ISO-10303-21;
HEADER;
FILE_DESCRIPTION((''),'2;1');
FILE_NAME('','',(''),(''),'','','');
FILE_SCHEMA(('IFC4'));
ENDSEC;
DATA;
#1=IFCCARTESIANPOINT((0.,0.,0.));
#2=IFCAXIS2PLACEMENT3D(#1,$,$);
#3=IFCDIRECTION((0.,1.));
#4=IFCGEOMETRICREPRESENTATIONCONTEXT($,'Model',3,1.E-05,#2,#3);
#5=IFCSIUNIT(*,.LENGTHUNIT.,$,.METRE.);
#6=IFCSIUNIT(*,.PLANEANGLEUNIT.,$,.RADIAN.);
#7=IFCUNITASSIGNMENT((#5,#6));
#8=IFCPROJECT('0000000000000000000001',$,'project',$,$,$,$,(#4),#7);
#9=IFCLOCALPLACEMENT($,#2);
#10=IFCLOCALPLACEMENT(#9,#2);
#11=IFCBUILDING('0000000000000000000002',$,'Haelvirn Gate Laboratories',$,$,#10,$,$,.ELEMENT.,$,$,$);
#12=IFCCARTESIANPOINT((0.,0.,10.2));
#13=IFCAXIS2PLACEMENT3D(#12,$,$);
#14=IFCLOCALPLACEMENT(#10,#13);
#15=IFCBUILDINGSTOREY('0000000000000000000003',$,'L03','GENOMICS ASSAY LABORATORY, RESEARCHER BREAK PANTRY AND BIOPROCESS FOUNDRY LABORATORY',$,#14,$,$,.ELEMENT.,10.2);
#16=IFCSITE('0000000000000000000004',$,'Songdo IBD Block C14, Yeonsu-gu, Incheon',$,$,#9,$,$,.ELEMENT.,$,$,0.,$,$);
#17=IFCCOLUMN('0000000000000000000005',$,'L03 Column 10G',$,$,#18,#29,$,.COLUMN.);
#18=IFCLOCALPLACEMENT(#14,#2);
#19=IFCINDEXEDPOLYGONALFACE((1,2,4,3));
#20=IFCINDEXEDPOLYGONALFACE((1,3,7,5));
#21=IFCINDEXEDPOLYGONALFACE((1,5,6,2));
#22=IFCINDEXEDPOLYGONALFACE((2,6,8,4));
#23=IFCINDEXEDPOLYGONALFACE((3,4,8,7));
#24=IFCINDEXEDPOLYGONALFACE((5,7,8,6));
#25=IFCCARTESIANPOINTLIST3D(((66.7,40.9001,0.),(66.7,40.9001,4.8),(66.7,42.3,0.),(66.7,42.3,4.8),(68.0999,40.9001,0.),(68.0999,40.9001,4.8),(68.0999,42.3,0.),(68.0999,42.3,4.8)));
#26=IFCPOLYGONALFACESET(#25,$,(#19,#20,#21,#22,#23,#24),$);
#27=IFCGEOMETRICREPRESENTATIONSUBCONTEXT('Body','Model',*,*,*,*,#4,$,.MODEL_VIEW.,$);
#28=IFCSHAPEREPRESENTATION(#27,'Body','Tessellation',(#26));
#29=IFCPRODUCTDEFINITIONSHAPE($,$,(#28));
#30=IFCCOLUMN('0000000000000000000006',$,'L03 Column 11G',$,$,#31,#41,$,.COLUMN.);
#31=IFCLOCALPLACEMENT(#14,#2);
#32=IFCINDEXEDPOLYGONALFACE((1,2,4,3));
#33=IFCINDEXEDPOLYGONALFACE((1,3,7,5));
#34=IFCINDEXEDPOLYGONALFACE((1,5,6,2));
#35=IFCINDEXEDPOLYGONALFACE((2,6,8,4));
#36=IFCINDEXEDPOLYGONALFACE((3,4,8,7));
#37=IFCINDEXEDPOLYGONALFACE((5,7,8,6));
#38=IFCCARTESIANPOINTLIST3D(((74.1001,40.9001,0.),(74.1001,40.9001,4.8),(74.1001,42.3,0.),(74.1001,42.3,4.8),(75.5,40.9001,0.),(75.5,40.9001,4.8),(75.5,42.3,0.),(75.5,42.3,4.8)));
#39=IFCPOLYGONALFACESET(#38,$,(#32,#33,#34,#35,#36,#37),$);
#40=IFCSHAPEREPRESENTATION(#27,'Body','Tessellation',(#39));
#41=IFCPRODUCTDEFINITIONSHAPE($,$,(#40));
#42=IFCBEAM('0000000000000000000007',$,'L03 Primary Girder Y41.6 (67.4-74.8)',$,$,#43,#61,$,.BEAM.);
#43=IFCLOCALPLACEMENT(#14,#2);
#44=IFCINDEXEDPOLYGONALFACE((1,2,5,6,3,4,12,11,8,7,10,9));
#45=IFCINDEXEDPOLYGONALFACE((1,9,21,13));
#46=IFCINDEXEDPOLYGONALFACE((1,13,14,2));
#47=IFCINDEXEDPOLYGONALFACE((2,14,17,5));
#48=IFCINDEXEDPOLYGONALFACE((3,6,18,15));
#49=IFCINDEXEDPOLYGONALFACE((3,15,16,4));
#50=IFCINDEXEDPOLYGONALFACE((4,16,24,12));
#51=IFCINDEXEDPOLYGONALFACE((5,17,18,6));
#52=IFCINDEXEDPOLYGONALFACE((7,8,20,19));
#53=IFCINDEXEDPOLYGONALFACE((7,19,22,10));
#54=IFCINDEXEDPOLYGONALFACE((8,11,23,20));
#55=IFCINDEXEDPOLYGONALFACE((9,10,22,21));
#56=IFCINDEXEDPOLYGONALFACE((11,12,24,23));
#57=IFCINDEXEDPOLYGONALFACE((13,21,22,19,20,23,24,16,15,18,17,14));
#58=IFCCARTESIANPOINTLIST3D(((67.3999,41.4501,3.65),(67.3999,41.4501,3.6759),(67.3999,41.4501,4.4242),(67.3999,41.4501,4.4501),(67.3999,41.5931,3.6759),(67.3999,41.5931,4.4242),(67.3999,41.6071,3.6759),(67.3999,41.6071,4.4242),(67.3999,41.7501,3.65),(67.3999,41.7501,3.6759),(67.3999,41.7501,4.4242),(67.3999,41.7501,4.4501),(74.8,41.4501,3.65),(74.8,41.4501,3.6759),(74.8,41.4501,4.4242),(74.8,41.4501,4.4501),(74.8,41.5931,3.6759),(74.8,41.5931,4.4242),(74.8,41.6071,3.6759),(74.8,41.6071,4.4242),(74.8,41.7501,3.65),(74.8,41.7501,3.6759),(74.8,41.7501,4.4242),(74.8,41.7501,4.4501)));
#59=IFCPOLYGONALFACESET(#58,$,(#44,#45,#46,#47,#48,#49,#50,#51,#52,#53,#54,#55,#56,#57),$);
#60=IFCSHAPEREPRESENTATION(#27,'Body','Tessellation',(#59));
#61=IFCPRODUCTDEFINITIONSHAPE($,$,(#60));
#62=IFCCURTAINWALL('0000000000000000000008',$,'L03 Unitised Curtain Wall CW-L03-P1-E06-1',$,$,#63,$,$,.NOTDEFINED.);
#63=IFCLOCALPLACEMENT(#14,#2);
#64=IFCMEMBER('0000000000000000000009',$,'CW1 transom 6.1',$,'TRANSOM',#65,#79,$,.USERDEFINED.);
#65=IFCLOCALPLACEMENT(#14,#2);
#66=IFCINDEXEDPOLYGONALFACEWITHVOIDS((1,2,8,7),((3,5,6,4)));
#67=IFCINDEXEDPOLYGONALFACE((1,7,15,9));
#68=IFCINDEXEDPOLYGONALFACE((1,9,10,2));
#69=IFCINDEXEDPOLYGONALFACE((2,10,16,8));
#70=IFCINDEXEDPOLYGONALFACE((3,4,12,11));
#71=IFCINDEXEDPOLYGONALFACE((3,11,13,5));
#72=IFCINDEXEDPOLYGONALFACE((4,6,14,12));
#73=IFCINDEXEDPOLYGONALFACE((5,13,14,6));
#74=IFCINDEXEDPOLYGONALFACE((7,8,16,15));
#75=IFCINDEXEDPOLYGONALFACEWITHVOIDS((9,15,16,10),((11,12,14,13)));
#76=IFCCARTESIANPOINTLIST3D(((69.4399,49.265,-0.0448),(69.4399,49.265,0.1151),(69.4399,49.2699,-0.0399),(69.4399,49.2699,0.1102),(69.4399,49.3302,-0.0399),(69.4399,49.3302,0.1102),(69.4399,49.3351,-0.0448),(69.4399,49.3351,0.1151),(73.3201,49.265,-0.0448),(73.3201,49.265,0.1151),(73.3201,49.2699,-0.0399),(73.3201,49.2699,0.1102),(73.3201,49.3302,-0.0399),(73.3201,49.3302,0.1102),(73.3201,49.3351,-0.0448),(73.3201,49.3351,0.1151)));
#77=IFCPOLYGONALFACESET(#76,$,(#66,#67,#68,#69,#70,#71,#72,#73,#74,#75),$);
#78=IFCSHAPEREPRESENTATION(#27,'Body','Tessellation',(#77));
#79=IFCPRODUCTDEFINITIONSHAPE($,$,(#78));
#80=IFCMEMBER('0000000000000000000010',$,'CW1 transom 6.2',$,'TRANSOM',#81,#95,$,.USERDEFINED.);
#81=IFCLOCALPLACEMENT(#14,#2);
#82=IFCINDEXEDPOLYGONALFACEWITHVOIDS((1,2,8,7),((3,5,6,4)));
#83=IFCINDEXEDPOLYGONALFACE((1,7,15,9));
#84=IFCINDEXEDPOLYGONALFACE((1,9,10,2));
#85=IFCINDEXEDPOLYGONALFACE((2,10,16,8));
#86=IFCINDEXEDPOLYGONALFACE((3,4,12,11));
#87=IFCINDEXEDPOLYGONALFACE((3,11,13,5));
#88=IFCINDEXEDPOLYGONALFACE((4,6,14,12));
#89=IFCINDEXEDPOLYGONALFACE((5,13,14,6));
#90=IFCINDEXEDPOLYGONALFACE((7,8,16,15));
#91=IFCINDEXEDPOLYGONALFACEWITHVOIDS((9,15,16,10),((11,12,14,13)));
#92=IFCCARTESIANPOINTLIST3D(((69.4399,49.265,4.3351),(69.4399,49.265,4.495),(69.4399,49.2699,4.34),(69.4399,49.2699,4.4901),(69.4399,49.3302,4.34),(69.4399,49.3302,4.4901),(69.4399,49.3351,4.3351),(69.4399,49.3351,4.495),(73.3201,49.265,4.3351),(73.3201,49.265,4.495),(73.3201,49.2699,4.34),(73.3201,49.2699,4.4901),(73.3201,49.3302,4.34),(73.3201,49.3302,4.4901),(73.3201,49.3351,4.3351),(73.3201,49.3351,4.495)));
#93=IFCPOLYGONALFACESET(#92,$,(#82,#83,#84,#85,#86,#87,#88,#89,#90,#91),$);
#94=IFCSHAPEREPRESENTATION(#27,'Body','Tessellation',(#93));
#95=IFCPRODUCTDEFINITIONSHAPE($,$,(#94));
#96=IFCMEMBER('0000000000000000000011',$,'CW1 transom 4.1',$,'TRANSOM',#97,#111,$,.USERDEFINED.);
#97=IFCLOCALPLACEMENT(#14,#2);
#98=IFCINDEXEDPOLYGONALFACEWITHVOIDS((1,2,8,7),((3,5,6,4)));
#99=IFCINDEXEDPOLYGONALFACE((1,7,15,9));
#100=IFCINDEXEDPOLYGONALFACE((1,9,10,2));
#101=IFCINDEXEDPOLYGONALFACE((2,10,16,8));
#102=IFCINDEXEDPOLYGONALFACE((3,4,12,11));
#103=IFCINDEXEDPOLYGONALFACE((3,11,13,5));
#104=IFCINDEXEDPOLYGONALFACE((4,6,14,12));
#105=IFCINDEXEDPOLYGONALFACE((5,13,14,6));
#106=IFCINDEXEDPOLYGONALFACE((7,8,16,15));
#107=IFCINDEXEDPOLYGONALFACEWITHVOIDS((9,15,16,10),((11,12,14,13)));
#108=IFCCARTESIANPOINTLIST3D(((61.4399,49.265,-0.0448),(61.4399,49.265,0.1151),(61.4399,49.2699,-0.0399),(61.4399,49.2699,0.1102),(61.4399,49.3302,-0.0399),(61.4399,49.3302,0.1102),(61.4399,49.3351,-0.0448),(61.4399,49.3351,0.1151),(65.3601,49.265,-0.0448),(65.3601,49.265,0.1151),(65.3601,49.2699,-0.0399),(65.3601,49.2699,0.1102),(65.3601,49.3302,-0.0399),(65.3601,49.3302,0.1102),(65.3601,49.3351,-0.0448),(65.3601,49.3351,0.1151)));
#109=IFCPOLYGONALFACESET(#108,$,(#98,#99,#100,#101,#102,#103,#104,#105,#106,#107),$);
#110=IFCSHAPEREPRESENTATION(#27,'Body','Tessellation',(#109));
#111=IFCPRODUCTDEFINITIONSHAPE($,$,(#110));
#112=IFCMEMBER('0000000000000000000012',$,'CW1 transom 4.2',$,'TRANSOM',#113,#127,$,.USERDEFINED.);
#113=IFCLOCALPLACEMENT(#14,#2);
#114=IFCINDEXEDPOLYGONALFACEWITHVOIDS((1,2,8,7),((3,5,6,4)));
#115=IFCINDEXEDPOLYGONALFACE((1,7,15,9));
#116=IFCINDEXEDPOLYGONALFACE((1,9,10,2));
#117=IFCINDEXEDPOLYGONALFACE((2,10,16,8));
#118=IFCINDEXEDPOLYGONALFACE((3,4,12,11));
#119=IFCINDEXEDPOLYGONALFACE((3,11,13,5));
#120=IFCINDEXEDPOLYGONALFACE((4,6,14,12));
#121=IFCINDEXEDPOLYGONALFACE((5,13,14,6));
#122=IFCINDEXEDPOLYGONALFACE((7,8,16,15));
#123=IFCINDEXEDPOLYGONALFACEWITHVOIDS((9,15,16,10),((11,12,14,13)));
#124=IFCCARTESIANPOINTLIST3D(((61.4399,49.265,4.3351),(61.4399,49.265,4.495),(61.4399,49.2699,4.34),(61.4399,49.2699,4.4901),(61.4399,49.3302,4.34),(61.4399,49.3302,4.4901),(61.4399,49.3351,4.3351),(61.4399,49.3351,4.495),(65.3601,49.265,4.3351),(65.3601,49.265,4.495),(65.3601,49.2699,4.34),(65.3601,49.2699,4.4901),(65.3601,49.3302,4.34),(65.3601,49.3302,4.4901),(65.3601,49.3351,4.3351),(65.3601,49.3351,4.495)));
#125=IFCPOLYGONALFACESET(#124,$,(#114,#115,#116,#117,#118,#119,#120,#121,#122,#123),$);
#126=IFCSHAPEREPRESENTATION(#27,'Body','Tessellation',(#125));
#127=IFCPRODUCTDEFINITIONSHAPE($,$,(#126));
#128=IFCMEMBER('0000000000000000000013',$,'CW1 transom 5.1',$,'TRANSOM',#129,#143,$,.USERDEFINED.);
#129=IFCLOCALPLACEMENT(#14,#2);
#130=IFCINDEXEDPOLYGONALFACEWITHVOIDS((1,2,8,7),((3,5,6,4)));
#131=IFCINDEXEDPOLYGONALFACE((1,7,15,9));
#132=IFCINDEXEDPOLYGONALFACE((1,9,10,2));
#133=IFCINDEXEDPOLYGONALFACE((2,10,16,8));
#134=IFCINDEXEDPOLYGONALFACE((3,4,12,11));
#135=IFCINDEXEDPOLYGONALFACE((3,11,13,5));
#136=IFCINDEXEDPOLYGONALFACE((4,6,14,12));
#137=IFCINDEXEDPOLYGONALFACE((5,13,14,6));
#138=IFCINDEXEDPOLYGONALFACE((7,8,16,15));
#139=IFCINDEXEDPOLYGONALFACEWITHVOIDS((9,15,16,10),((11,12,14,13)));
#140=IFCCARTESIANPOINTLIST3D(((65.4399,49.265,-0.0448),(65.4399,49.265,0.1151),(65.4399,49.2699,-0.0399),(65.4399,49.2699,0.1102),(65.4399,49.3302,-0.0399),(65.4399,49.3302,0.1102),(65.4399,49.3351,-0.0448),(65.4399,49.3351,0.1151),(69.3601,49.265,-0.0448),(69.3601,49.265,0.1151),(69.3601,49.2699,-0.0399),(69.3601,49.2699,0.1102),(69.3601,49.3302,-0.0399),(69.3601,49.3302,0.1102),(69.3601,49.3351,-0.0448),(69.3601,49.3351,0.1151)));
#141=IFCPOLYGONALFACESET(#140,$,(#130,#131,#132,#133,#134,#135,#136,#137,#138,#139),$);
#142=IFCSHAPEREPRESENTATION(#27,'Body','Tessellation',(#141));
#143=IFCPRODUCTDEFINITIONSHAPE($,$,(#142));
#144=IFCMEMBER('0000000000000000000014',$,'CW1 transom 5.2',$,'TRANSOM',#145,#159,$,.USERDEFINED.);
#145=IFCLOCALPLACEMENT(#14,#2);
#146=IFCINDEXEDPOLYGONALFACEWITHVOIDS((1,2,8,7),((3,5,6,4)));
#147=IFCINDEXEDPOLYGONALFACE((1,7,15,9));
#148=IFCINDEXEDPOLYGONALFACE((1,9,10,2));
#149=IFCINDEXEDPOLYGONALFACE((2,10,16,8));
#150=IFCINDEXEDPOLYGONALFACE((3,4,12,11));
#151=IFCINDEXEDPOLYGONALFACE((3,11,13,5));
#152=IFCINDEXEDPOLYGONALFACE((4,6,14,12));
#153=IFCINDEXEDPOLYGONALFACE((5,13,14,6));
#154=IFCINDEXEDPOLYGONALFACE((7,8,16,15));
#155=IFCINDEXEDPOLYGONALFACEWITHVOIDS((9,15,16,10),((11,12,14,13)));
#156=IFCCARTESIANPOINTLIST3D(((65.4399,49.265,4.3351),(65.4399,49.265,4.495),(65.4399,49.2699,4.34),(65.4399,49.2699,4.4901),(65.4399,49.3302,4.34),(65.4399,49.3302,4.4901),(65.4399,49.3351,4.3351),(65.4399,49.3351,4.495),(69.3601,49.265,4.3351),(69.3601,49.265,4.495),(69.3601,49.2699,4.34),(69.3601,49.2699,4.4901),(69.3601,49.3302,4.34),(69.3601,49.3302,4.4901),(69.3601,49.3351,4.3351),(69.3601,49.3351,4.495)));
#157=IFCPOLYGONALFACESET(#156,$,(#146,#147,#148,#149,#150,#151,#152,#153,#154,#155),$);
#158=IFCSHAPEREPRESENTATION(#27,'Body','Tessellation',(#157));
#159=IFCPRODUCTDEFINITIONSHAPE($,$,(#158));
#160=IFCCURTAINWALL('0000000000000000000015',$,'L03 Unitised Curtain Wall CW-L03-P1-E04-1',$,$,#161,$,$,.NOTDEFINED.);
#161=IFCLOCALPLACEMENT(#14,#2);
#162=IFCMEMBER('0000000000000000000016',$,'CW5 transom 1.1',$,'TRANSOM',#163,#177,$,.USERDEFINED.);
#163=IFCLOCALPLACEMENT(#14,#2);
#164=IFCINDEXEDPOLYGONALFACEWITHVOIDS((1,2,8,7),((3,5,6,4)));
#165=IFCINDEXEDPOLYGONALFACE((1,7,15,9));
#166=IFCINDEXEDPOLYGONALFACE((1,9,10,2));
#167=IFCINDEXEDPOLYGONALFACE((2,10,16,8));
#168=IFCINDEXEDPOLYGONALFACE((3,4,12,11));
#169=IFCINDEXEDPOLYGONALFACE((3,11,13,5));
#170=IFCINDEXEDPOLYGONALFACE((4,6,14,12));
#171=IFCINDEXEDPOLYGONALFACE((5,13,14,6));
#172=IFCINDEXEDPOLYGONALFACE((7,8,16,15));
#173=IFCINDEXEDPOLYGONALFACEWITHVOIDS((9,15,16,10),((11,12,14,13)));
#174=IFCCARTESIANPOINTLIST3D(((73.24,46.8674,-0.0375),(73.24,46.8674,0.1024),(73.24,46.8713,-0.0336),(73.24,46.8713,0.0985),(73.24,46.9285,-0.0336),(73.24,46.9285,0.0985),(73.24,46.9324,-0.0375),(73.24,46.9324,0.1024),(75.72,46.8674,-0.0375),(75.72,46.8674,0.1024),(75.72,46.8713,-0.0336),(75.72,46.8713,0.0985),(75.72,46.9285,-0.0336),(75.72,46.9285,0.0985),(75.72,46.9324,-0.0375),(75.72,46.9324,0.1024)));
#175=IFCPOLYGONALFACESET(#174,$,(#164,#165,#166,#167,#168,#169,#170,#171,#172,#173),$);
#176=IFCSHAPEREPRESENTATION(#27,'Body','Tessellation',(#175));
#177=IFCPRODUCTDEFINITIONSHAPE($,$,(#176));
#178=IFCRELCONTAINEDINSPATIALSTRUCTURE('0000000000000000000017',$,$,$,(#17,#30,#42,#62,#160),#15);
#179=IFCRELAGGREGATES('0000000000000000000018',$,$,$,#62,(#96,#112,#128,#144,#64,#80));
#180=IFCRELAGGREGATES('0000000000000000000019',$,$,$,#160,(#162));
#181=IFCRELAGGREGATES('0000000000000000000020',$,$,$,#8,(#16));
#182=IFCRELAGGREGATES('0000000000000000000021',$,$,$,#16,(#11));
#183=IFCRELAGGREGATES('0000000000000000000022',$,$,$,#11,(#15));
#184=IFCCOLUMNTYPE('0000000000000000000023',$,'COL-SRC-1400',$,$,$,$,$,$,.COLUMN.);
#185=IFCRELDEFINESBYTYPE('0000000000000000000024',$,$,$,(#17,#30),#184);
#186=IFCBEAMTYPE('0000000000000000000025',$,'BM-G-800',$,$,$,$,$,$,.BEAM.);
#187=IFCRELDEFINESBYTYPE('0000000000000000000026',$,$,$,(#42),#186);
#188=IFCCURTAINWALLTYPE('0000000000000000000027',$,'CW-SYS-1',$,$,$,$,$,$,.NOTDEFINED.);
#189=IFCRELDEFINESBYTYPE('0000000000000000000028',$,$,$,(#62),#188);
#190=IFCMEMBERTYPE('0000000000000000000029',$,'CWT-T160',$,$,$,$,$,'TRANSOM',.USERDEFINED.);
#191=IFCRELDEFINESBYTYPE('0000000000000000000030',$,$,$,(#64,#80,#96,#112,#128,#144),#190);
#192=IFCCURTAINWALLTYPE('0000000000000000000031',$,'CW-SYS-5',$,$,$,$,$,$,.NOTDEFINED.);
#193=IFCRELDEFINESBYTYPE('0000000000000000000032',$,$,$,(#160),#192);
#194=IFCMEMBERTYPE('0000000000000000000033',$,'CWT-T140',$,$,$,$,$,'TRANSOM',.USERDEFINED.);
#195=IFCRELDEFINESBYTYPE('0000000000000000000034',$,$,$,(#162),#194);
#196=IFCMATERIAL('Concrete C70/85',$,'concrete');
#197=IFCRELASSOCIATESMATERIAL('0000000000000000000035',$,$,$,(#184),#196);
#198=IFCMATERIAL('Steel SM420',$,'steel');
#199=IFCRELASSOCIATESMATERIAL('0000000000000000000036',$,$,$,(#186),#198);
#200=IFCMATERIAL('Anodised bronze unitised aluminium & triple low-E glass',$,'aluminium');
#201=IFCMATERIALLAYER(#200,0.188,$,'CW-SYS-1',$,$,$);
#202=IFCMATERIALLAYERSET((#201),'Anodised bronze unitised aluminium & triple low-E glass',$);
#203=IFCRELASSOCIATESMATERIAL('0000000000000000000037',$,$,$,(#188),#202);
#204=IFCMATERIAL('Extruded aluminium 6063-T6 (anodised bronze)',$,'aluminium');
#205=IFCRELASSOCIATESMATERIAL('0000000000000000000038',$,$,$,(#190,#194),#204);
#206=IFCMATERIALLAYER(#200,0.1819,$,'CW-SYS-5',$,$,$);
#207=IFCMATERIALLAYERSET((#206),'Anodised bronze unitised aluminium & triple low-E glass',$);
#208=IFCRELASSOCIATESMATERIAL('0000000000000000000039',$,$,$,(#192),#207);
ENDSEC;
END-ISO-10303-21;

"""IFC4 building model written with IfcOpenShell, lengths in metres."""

from ifc_helpers import new_model, si_unit, direction, frame, origin, origin_2d, place, context, subcontext, project, spatial, rectangle, hollow_rectangle, i_section, extrude, source, transform, mapped, material, layer, layer_set, material_profile, profile_set, type_object, type_shapes, element, aggregate, save


model = new_model("IFC4")

# Units and contexts
model_context = context("Model", 3, precision=1e-05, world=origin(), true_north=direction((0.0, 1.0)))
body_context = subcontext(model_context, "Body", "Model", "MODEL_VIEW")
ifc_project = project(units=[si_unit("LENGTHUNIT", "METRE"), si_unit("PLANEANGLEUNIT", "RADIAN")], contexts=[model_context])

# Site, building, storey
site_placement = place(None, origin())
site = spatial("IfcSite", under=ifc_project, at=site_placement, Name="Songdo IBD Block C14, Yeonsu-gu, Incheon", CompositionType="ELEMENT", RefElevation=0.0)
building_placement = place(site_placement, origin())
building = spatial("IfcBuilding", under=site, at=building_placement, Name="Haelvirn Gate Laboratories", CompositionType="ELEMENT")
storey_placement = place(building_placement, frame((0.0, 0.0, 10.2)))
storey = spatial("IfcBuildingStorey", under=building, at=storey_placement, Name="L03", Description="GENOMICS ASSAY LABORATORY, RESEARCHER BREAK PANTRY AND BIOPROCESS FOUNDRY LABORATORY", CompositionType="ELEMENT", Elevation=10.2)

# Columns
ifc_material_1 = material(Name="Concrete C70/85", Category="concrete")
ifc_material_profile_1 = material_profile(ifc_material_1, rectangle(XDim=1.3999, YDim=1.3999, at=origin_2d()), Name="SRC-1400x1400")
ifc_profile_set_1 = profile_set([ifc_material_profile_1], Name="Concrete C70/85")
column_type = type_object("IfcColumnType", Name="COL-SRC-1400", PredefinedType="COLUMN", material=ifc_profile_set_1)
shared_shape_1 = source(origin(), body_context, "Body", "SweptSolid", [
    extrude(rectangle(XDim=1.3999, YDim=1.3999, at=origin_2d()), origin(), (0.0, 0.0, 1.0), 4.8),
])
type_shapes(column_type, [shared_shape_1])
for number, where, z_axis, x_axis, name in (
    (1, (67.3999, 41.6001, 0.0), (0.0, 0.0, 1.0), (1.0, 0.0, 0.0), "L03 Column 10G"),
    (2, (74.8, 41.6001, 0.0), (0.0, 0.0, 1.0), (1.0, 0.0, 0.0), "L03 Column 11G"),
):
    element("IfcColumn", number, at=place(storey_placement, frame(where, z_axis=z_axis, x_axis=x_axis)), inside=storey, type_object=column_type, Name=name, PredefinedType="COLUMN", context=body_context, shape_type="MappedRepresentation", body=[
        mapped(shared_shape_1, transform((0.0, 0.0, 0.0), scale=1.0)),
    ])

# Beam
ifc_material_2 = material(Name="Steel SM420", Category="steel")
ifc_material_profile_2 = material_profile(ifc_material_2, i_section(OverallWidth=0.3, OverallDepth=0.8, WebThickness=0.0139, FlangeThickness=0.0259, at=origin_2d()), Name="H-800x300x14x26")
ifc_profile_set_2 = profile_set([ifc_material_profile_2], Name="Steel SM420")
beam_type = type_object("IfcBeamType", Name="BM-G-800", PredefinedType="BEAM", material=ifc_profile_set_2)
shared_shape_2 = source(origin(), body_context, "Body", "SweptSolid", [
    extrude(i_section(OverallWidth=0.3, OverallDepth=0.8, WebThickness=0.0139, FlangeThickness=0.0259, at=origin_2d()), origin(), (0.0, 0.0, 1.0), 7.4001),
])
type_shapes(beam_type, [shared_shape_2])
beam_placement = place(storey_placement, frame((67.3999, 41.6001, 4.05), z_axis=(1.0, 0.0, 0.0), x_axis=(0.0, 1.0, 0.0)))
element("IfcBeam", 3, at=beam_placement, inside=storey, type_object=beam_type, Name="L03 Primary Girder Y41.6 (67.4-74.8)", PredefinedType="BEAM", context=body_context, shape_type="MappedRepresentation", body=[
    mapped(shared_shape_2, transform((0.0, 0.0, 0.0), scale=1.0)),
])

# Curtain walls, members
ifc_material_3 = material(Name="Anodised bronze unitised aluminium & triple low-E glass", Category="aluminium")
ifc_layer_1 = layer(ifc_material_3, 0.188, Name="CW-SYS-1")
ifc_layer_set_1 = layer_set([ifc_layer_1], Name="Anodised bronze unitised aluminium & triple low-E glass")
curtain_wall_type_1 = type_object("IfcCurtainWallType", Name="CW-SYS-1", PredefinedType="NOTDEFINED", material=ifc_layer_set_1)
curtain_wall_1_placement = place(storey_placement, origin())
curtain_wall_1 = element("IfcCurtainWall", 4, at=curtain_wall_1_placement, inside=storey, type_object=curtain_wall_type_1, Name="L03 Unitised Curtain Wall CW-L03-P1-E06-1", PredefinedType="NOTDEFINED")
ifc_material_4 = material(Name="Extruded aluminium 6063-T6 (anodised bronze)", Category="aluminium")
ifc_material_profile_3 = material_profile(ifc_material_4, hollow_rectangle(XDim=0.0701, YDim=0.1599, WallThickness=0.0049, at=origin_2d()), Name="CWT-160x70x5")
ifc_profile_set_3 = profile_set([ifc_material_profile_3], Name="Extruded aluminium 6063-T6 (anodised bronze)")
member_type_1 = type_object("IfcMemberType", Name="CWT-T160", ElementType="TRANSOM", PredefinedType="USERDEFINED", material=ifc_profile_set_3)
shared_shape_3 = source(origin(), body_context, "Body", "SweptSolid", [
    extrude(hollow_rectangle(XDim=0.0701, YDim=0.1599, WallThickness=0.0049, at=origin_2d()), origin(), (0.0, 0.0, 1.0), 3.8801),
])
member_1_placement = place(storey_placement, frame((69.4399, 49.3, 0.0352), z_axis=(1.0, 0.0, 0.0), x_axis=(0.0, 1.0, 0.0)))
member_1 = element("IfcMember", 5, at=member_1_placement, type_object=member_type_1, Name="CW1 transom 6.1", ObjectType="TRANSOM", PredefinedType="USERDEFINED", context=body_context, shape_type="MappedRepresentation", body=[
    mapped(shared_shape_3, transform((0.0, 0.0, 0.0), scale=1.0)),
])
member_2_placement = place(storey_placement, frame((69.4399, 49.3, 4.415), z_axis=(1.0, 0.0, 0.0), x_axis=(0.0, 1.0, 0.0)))
member_2 = element("IfcMember", 6, at=member_2_placement, type_object=member_type_1, Name="CW1 transom 6.2", ObjectType="TRANSOM", PredefinedType="USERDEFINED", context=body_context, shape_type="MappedRepresentation", body=[
    mapped(shared_shape_3, transform((0.0, 0.0, 0.0), scale=1.0)),
])
shared_shape_4 = source(origin(), body_context, "Body", "SweptSolid", [
    extrude(hollow_rectangle(XDim=0.0701, YDim=0.1599, WallThickness=0.0049, at=origin_2d()), origin(), (0.0, 0.0, 1.0), 3.9202),
])
member_3_placement = place(storey_placement, frame((61.4399, 49.3, 0.0352), z_axis=(1.0, 0.0, 0.0), x_axis=(0.0, 1.0, 0.0)))
member_3 = element("IfcMember", 7, at=member_3_placement, type_object=member_type_1, Name="CW1 transom 4.1", ObjectType="TRANSOM", PredefinedType="USERDEFINED", context=body_context, shape_type="MappedRepresentation", body=[
    mapped(shared_shape_4, transform((0.0, 0.0, 0.0), scale=1.0)),
])
member_4_placement = place(storey_placement, frame((61.4399, 49.3, 4.415), z_axis=(1.0, 0.0, 0.0), x_axis=(0.0, 1.0, 0.0)))
member_4 = element("IfcMember", 8, at=member_4_placement, type_object=member_type_1, Name="CW1 transom 4.2", ObjectType="TRANSOM", PredefinedType="USERDEFINED", context=body_context, shape_type="MappedRepresentation", body=[
    mapped(shared_shape_4, transform((0.0, 0.0, 0.0), scale=1.0)),
])
member_5_placement = place(storey_placement, frame((65.4399, 49.3, 0.0352), z_axis=(1.0, 0.0, 0.0), x_axis=(0.0, 1.0, 0.0)))
member_5 = element("IfcMember", 9, at=member_5_placement, type_object=member_type_1, Name="CW1 transom 5.1", ObjectType="TRANSOM", PredefinedType="USERDEFINED", context=body_context, shape_type="MappedRepresentation", body=[
    mapped(shared_shape_4, transform((0.0, 0.0, 0.0), scale=1.0)),
])
member_6_placement = place(storey_placement, frame((65.4399, 49.3, 4.415), z_axis=(1.0, 0.0, 0.0), x_axis=(0.0, 1.0, 0.0)))
member_6 = element("IfcMember", 10, at=member_6_placement, type_object=member_type_1, Name="CW1 transom 5.2", ObjectType="TRANSOM", PredefinedType="USERDEFINED", context=body_context, shape_type="MappedRepresentation", body=[
    mapped(shared_shape_4, transform((0.0, 0.0, 0.0), scale=1.0)),
])
ifc_layer_2 = layer(ifc_material_3, 0.1819, Name="CW-SYS-5")
ifc_layer_set_2 = layer_set([ifc_layer_2], Name="Anodised bronze unitised aluminium & triple low-E glass")
curtain_wall_type_2 = type_object("IfcCurtainWallType", Name="CW-SYS-5", PredefinedType="NOTDEFINED", material=ifc_layer_set_2)
curtain_wall_2_placement = place(storey_placement, origin())
curtain_wall_2 = element("IfcCurtainWall", 11, at=curtain_wall_2_placement, inside=storey, type_object=curtain_wall_type_2, Name="L03 Unitised Curtain Wall CW-L03-P1-E04-1", PredefinedType="NOTDEFINED")
ifc_material_profile_4 = material_profile(ifc_material_4, hollow_rectangle(XDim=0.0649, YDim=0.1399, WallThickness=0.0039, at=origin_2d()), Name="CWT-140x65x4")
ifc_profile_set_4 = profile_set([ifc_material_profile_4], Name="Extruded aluminium 6063-T6 (anodised bronze)")
member_type_2 = type_object("IfcMemberType", Name="CWT-T140", ElementType="TRANSOM", PredefinedType="USERDEFINED", material=ifc_profile_set_4)
shared_shape_5 = source(origin(), body_context, "Body", "SweptSolid", [
    extrude(hollow_rectangle(XDim=0.0649, YDim=0.1399, WallThickness=0.0039, at=origin_2d()), origin(), (0.0, 0.0, 1.0), 2.48),
])
type_shapes(member_type_2, [shared_shape_5])
member_7_placement = place(storey_placement, frame((73.24, 46.8999, 0.0325), z_axis=(1.0, 0.0, 0.0), x_axis=(0.0, 1.0, 0.0)))
member_7 = element("IfcMember", 12, at=member_7_placement, type_object=member_type_2, Name="CW5 transom 1.1", ObjectType="TRANSOM", PredefinedType="USERDEFINED", context=body_context, shape_type="MappedRepresentation", body=[
    mapped(shared_shape_5, transform((0.0, 0.0, 0.0), scale=1.0)),
])

aggregate(curtain_wall_1, [member_3, member_4, member_5, member_6, member_1, member_2])
aggregate(curtain_wall_2, [member_7])

save(model, "model.ifc")
